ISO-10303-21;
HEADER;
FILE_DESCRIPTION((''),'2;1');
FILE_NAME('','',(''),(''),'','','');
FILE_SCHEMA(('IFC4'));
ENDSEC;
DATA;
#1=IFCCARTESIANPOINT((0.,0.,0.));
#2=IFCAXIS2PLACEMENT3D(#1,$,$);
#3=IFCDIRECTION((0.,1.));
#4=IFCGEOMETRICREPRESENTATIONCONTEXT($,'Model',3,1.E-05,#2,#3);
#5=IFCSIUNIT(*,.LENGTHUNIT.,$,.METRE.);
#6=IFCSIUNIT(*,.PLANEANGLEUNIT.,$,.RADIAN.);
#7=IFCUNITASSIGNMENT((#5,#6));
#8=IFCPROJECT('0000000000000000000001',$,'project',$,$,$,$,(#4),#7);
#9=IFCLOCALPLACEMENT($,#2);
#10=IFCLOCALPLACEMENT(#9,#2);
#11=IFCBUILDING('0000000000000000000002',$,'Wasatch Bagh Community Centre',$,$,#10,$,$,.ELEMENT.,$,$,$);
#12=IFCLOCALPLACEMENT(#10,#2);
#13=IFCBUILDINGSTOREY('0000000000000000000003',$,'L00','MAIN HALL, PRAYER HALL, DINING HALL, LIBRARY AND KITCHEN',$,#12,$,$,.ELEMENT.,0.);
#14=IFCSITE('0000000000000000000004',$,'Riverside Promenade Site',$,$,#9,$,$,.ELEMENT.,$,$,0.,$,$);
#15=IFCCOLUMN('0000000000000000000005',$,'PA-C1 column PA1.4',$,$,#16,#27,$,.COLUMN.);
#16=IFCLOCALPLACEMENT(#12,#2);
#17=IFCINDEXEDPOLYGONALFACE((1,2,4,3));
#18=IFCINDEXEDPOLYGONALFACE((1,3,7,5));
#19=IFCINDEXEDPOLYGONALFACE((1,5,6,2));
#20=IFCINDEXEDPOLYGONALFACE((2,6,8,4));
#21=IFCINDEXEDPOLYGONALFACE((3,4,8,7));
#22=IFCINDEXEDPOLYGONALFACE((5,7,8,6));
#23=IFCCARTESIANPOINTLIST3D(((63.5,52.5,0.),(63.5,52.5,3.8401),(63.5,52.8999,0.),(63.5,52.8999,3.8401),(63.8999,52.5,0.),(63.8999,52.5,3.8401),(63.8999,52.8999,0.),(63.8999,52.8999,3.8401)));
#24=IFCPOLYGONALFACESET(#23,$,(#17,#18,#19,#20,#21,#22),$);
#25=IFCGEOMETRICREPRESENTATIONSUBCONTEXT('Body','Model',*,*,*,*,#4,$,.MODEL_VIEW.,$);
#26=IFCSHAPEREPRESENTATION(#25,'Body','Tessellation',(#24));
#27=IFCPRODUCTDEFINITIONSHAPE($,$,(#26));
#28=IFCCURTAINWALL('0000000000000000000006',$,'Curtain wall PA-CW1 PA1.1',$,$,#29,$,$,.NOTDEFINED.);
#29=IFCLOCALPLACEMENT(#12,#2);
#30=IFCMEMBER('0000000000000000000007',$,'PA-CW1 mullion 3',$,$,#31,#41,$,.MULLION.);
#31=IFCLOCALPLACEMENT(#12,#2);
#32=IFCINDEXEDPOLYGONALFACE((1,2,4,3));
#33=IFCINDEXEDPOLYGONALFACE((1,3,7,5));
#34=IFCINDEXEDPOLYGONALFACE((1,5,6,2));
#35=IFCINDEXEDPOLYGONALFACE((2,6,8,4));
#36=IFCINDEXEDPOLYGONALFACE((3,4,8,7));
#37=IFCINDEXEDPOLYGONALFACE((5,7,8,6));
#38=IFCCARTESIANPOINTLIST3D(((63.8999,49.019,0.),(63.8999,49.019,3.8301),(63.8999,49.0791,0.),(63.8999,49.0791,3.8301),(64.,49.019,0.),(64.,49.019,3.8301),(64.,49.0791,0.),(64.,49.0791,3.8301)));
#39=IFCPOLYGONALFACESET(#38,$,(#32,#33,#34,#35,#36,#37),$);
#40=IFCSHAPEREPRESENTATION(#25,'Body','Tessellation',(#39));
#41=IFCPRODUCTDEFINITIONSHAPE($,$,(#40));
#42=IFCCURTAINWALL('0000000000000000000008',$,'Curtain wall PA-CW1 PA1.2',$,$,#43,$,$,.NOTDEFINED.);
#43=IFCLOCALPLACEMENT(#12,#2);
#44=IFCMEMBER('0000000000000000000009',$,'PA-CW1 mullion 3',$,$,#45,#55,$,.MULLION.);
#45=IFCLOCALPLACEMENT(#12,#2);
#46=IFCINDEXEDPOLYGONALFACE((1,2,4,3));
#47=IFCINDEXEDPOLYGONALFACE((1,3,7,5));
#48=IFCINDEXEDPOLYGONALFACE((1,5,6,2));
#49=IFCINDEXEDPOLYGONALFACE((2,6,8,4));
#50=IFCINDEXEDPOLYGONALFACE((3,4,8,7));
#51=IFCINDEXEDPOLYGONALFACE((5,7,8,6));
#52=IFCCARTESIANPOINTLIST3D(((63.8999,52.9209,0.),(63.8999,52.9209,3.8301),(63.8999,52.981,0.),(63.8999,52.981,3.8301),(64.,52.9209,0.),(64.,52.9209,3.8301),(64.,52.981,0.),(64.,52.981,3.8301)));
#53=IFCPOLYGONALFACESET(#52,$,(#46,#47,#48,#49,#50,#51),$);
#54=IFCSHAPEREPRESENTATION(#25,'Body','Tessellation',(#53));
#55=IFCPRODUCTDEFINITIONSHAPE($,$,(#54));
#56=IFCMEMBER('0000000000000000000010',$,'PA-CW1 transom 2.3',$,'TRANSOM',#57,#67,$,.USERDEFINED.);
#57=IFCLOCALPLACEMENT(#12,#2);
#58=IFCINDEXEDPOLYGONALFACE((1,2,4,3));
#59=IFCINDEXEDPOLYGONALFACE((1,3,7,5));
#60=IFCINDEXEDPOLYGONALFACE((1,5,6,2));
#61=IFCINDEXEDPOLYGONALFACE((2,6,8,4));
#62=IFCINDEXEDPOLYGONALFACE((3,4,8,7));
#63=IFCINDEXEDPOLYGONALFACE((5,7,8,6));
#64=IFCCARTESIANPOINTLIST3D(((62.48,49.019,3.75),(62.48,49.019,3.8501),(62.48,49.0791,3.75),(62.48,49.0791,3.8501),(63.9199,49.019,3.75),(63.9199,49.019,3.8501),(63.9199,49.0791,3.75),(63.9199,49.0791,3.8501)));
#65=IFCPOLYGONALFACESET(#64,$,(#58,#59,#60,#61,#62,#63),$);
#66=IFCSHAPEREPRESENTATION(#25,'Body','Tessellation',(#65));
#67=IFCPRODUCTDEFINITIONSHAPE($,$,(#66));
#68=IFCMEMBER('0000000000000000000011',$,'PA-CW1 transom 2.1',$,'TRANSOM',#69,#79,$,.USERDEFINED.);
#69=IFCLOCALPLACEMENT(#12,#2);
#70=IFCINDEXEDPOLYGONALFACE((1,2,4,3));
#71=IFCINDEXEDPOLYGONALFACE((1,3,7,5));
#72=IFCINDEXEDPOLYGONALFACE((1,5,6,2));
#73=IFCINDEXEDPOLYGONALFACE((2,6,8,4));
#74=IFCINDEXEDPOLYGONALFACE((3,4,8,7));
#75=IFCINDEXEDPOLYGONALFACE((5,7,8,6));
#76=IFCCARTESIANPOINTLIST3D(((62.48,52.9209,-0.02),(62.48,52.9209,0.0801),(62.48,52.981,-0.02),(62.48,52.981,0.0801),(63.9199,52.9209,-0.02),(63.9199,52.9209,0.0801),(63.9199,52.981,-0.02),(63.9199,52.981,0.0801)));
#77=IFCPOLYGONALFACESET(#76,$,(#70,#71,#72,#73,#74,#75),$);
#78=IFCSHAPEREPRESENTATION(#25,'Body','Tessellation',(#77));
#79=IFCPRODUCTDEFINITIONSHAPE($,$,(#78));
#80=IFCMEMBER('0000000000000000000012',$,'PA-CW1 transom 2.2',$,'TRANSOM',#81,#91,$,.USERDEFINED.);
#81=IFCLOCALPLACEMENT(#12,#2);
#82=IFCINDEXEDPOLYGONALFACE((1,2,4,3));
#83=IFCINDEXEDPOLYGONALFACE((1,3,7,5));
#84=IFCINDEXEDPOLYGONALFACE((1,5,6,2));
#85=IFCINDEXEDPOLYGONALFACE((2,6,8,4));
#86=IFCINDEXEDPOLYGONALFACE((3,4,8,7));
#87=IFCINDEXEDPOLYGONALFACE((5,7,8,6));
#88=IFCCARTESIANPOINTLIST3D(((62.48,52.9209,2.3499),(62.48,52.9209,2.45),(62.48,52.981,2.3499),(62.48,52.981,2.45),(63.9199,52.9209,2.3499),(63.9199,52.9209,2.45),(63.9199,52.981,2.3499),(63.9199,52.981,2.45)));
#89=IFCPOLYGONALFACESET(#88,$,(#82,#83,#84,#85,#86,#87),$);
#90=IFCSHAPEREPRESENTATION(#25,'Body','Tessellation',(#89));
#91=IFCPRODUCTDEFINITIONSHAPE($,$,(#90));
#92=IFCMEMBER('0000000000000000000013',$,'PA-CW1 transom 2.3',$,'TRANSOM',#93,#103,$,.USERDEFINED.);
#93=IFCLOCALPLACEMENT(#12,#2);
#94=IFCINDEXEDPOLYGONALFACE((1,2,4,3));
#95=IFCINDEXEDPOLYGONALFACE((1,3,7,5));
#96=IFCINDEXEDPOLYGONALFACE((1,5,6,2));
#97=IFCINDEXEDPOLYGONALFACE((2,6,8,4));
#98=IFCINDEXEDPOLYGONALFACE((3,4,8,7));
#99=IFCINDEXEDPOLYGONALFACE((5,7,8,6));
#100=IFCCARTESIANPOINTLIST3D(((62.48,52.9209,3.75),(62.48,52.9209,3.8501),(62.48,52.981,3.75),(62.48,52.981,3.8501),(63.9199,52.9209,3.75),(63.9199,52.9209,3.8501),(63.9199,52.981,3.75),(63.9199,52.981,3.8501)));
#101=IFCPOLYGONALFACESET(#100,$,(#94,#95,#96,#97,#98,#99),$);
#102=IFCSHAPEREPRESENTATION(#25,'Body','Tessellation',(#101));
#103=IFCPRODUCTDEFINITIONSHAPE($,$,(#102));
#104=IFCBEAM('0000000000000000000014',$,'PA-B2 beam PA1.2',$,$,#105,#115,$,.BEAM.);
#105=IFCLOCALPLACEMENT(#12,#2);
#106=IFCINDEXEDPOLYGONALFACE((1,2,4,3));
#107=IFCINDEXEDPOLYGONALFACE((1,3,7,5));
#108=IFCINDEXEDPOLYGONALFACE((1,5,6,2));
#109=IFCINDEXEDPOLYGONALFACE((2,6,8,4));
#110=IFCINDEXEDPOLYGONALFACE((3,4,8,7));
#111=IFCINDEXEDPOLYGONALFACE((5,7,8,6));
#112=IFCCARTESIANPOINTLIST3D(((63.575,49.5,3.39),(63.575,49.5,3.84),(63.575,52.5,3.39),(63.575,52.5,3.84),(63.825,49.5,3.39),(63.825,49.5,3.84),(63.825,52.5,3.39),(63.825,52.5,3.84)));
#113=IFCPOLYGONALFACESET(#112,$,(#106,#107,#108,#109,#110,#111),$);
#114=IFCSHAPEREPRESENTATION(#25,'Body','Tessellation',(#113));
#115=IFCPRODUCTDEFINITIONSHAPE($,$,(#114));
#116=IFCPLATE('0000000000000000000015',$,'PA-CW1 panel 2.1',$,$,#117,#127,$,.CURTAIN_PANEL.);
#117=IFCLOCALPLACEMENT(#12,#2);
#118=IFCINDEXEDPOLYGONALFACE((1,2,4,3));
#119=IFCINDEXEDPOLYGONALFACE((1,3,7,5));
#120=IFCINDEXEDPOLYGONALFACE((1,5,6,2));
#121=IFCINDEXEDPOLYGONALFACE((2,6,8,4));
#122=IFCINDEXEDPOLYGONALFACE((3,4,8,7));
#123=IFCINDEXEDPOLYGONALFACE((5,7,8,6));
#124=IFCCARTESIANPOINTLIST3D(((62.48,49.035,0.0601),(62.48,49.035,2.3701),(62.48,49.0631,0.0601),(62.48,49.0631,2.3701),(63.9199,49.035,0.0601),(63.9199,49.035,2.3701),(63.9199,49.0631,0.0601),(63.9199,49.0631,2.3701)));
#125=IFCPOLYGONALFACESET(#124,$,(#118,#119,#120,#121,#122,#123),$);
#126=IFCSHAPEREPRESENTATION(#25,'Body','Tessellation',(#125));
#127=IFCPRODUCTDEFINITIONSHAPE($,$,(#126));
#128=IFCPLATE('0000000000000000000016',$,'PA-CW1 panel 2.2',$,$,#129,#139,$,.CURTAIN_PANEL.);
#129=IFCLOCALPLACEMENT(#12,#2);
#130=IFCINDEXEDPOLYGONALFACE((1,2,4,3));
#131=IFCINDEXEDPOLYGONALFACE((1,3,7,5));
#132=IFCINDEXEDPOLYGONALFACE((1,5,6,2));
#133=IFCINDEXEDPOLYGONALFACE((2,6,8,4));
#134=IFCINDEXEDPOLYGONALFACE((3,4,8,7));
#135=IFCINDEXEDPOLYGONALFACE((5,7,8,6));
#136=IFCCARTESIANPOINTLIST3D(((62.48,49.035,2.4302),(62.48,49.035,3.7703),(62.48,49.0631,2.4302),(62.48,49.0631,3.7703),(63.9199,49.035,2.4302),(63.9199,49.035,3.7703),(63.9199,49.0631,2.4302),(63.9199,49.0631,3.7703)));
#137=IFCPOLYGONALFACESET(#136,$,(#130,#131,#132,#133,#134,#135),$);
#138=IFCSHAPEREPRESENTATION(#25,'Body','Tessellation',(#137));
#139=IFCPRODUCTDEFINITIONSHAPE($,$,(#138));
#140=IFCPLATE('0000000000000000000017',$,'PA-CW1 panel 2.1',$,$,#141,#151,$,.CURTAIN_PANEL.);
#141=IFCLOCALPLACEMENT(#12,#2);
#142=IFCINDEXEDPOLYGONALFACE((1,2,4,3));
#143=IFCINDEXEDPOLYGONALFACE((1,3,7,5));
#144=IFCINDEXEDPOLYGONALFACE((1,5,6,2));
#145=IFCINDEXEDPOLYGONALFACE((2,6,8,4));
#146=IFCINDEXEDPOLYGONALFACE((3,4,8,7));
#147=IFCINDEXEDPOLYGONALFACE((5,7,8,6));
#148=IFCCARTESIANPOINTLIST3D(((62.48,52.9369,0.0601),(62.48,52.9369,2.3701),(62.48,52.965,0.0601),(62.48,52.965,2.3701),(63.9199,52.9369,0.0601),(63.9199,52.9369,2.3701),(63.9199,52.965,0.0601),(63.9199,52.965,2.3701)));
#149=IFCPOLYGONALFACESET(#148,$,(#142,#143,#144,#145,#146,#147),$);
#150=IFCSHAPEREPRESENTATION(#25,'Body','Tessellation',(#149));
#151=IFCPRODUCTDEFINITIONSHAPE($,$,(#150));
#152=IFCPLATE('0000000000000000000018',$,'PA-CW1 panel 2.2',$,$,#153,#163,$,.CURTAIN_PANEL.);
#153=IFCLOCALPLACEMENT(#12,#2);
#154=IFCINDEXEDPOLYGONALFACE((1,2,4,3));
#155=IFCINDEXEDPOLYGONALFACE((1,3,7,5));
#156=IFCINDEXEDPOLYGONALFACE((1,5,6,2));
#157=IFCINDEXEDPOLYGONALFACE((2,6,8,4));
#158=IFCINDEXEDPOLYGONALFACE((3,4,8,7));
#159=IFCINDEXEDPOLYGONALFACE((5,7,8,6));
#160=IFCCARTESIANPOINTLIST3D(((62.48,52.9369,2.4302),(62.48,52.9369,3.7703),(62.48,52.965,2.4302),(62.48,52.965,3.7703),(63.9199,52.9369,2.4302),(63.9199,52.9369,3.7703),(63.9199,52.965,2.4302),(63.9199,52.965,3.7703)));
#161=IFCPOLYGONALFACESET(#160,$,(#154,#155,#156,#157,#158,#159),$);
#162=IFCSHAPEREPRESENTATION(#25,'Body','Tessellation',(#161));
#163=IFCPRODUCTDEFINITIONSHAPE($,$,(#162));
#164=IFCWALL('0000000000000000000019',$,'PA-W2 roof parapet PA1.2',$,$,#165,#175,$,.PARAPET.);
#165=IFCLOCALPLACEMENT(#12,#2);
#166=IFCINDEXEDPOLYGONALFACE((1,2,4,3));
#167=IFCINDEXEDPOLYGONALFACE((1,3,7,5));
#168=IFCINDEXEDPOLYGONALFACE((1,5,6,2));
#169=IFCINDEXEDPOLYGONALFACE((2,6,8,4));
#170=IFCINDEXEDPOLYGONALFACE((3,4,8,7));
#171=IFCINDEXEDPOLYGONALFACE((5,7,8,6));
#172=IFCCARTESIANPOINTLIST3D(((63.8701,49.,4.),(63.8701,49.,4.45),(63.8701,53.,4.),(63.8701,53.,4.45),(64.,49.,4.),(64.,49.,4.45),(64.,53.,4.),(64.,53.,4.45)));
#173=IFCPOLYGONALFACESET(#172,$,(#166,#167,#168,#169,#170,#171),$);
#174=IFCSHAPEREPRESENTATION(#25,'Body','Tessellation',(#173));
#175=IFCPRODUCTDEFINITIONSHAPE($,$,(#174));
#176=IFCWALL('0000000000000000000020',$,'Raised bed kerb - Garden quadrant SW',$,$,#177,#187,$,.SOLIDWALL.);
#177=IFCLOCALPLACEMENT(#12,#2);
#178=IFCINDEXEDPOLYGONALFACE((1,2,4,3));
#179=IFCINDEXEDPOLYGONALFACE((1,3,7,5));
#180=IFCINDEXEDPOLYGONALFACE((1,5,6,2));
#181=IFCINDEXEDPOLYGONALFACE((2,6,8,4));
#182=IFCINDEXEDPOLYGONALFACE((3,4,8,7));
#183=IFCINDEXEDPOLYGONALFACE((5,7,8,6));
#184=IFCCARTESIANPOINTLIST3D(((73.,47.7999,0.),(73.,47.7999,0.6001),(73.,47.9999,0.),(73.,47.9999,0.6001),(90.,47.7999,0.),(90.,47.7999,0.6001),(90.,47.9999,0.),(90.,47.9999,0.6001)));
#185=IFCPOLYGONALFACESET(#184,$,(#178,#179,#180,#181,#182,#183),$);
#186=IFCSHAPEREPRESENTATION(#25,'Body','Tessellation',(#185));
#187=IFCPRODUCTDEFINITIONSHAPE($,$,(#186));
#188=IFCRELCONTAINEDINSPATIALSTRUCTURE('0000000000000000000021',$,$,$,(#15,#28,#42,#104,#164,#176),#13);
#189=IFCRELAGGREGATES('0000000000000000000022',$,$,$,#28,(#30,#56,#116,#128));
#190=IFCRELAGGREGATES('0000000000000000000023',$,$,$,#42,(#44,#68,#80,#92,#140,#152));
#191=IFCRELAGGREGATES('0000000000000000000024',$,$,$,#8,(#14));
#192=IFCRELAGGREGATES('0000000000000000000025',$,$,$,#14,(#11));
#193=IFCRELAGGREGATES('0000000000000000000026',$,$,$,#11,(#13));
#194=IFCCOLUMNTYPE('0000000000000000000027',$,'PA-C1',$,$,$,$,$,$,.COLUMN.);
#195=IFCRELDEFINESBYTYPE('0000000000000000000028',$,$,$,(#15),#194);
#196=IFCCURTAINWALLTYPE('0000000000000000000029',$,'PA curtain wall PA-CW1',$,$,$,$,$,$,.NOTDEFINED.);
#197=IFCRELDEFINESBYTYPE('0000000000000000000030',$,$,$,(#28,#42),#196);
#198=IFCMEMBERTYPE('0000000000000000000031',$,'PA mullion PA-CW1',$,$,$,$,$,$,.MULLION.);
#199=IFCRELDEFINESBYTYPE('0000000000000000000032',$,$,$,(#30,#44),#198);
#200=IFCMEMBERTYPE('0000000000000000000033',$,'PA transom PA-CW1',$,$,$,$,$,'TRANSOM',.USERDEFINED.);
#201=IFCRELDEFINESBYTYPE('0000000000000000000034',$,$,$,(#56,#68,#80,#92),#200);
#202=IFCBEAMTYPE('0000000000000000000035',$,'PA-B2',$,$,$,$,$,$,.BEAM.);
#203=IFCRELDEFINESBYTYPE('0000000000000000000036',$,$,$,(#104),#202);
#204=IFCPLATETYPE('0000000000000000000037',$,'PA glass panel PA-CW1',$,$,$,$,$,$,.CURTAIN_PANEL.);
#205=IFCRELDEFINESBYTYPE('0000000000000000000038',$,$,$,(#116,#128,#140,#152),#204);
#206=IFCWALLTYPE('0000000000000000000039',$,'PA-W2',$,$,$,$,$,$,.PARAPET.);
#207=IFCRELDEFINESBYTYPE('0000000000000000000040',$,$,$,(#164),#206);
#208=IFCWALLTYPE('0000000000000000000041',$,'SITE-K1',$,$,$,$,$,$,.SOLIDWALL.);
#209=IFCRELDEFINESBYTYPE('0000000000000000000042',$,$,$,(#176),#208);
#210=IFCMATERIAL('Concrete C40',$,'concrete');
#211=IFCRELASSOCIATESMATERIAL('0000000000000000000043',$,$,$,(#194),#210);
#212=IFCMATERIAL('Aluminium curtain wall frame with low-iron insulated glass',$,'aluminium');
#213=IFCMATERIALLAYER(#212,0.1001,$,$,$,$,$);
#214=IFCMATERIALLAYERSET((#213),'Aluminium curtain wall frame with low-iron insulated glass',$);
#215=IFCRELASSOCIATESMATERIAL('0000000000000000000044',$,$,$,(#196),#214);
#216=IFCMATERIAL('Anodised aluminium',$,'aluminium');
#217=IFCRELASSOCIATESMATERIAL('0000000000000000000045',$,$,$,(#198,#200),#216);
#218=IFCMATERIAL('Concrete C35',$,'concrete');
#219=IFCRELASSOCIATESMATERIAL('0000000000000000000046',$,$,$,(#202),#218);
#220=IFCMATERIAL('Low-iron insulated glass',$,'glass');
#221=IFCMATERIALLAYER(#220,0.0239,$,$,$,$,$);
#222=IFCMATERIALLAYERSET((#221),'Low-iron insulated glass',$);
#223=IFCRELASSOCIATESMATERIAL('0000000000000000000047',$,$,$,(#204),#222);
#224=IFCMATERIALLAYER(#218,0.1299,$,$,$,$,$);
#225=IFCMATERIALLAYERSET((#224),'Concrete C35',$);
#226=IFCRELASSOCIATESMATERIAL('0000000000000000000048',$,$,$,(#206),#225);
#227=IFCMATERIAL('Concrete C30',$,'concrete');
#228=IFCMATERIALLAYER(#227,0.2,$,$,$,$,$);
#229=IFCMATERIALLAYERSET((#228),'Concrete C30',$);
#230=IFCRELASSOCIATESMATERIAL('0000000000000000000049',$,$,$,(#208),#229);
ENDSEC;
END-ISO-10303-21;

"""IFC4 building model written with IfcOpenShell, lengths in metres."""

from ifc_helpers import new_model, si_unit, direction, frame, frame_2d, origin, origin_2d, place, context, subcontext, project, spatial, rectangle, extrude, material, layer, layer_set, material_profile, profile_set, type_object, element, aggregate, save


model = new_model("IFC4")

# Units and contexts
model_context = context("Model", 3, precision=1e-05, world=origin(), true_north=direction((0.0, 1.0)))
body_context = subcontext(model_context, "Body", "Model", "MODEL_VIEW")
ifc_project = project(units=[si_unit("LENGTHUNIT", "METRE"), si_unit("PLANEANGLEUNIT", "RADIAN")], contexts=[model_context])

# Site, building, storey
site_placement = place(None, origin())
site = spatial("IfcSite", under=ifc_project, at=site_placement, Name="Riverside Promenade Site", CompositionType="ELEMENT", RefElevation=0.0)
building_placement = place(site_placement, origin())
building = spatial("IfcBuilding", under=site, at=building_placement, Name="Wasatch Bagh Community Centre", CompositionType="ELEMENT")
storey_placement = place(building_placement, origin())
storey = spatial("IfcBuildingStorey", under=building, at=storey_placement, Name="L00", Description="MAIN HALL, PRAYER HALL, DINING HALL, LIBRARY AND KITCHEN", CompositionType="ELEMENT", Elevation=0.0)

# Shared definitions
ifc_material_1 = material(Name="Concrete C30", Category="concrete")

# Column
ifc_material_2 = material(Name="Concrete C40", Category="concrete")
ifc_material_profile_1 = material_profile(ifc_material_2, rectangle(XDim=0.3999, YDim=0.3999, at=origin_2d()), Name="RC 400x400")
ifc_profile_set_1 = profile_set([ifc_material_profile_1], Name="Concrete C40")
column_type = type_object("IfcColumnType", Name="PA-C1", PredefinedType="COLUMN", material=ifc_profile_set_1)
for number, where, z_axis, x_axis, name in (
    (1, (63.7, 52.7, 0.0), (0.0, 0.0, 1.0), (1.0, 0.0, 0.0), "PA-C1 column PA1.4"),
):
    element("IfcColumn", number, at=place(storey_placement, frame(where, z_axis=z_axis, x_axis=x_axis)), inside=storey, type_object=column_type, Name=name, PredefinedType="COLUMN", context=body_context, shape_type="SweptSolid", body=[
        extrude(rectangle(XDim=0.3999, YDim=0.3999, at=origin_2d()), origin(), (0.0, 0.0, 1.0), 3.8401),
    ])

# Curtain walls, members
ifc_material_3 = material(Name="Aluminium curtain wall frame with low-iron insulated glass", Category="aluminium")
ifc_layer_1 = layer(ifc_material_3, 0.1001)
ifc_layer_set_1 = layer_set([ifc_layer_1], Name="Aluminium curtain wall frame with low-iron insulated glass")
curtain_wall_type = type_object("IfcCurtainWallType", Name="PA curtain wall PA-CW1", PredefinedType="NOTDEFINED", material=ifc_layer_set_1)
curtain_wall_1_placement = place(storey_placement, origin())
curtain_wall_1 = element("IfcCurtainWall", 2, at=curtain_wall_1_placement, inside=storey, type_object=curtain_wall_type, Name="Curtain wall PA-CW1 PA1.1", PredefinedType="NOTDEFINED")
ifc_material_4 = material(Name="Anodised aluminium", Category="aluminium")
ifc_material_profile_2 = material_profile(ifc_material_4, rectangle(XDim=0.0601, YDim=0.1001, at=origin_2d()), Name="PA mullion PA-CW1")
ifc_profile_set_2 = profile_set([ifc_material_profile_2], Name="Anodised aluminium")
member_type_1 = type_object("IfcMemberType", Name="PA mullion PA-CW1", PredefinedType="MULLION", material=ifc_profile_set_2)
member_1_placement = place(storey_placement, frame((63.95, 49.0491, 0.0), z_axis=(0.0, 0.0, 1.0), x_axis=(0.0, 1.0, 0.0)))
member_1 = element("IfcMember", 3, at=member_1_placement, type_object=member_type_1, Name="PA-CW1 mullion 3", PredefinedType="MULLION", context=body_context, shape_type="SweptSolid", body=[
    extrude(rectangle(XDim=0.0601, YDim=0.1001, at=origin_2d()), origin(), (0.0, 0.0, 1.0), 3.8301),
])
curtain_wall_2_placement = place(storey_placement, origin())
curtain_wall_2 = element("IfcCurtainWall", 4, at=curtain_wall_2_placement, inside=storey, type_object=curtain_wall_type, Name="Curtain wall PA-CW1 PA1.2", PredefinedType="NOTDEFINED")
member_2_placement = place(storey_placement, frame((63.95, 52.9509, 0.0), z_axis=(0.0, 0.0, 1.0), x_axis=(0.0, 1.0, 0.0)))
member_2 = element("IfcMember", 5, at=member_2_placement, type_object=member_type_1, Name="PA-CW1 mullion 3", PredefinedType="MULLION", context=body_context, shape_type="SweptSolid", body=[
    extrude(rectangle(XDim=0.0601, YDim=0.1001, at=origin_2d()), origin(), (0.0, 0.0, 1.0), 3.8301),
])

# Members
ifc_material_profile_3 = material_profile(ifc_material_4, rectangle(XDim=0.0601, YDim=0.1001, at=origin_2d()), Name="PA transom PA-CW1")
ifc_profile_set_3 = profile_set([ifc_material_profile_3], Name="Anodised aluminium")
member_type_2 = type_object("IfcMemberType", Name="PA transom PA-CW1", ElementType="TRANSOM", PredefinedType="USERDEFINED", material=ifc_profile_set_3)
member_3_placement = place(storey_placement, frame((62.48, 49.0491, 3.8), z_axis=(1.0, 0.0, 0.0), x_axis=(0.0, 1.0, 0.0)))
member_3 = element("IfcMember", 6, at=member_3_placement, type_object=member_type_2, Name="PA-CW1 transom 2.3", ObjectType="TRANSOM", PredefinedType="USERDEFINED", context=body_context, shape_type="SweptSolid", body=[
    extrude(rectangle(XDim=0.0601, YDim=0.1001, at=origin_2d()), origin(), (0.0, 0.0, 1.0), 1.4399),
])
member_4_placement = place(storey_placement, frame((62.48, 52.9509, 0.03), z_axis=(1.0, 0.0, 0.0), x_axis=(0.0, 1.0, 0.0)))
member_4 = element("IfcMember", 7, at=member_4_placement, type_object=member_type_2, Name="PA-CW1 transom 2.1", ObjectType="TRANSOM", PredefinedType="USERDEFINED", context=body_context, shape_type="SweptSolid", body=[
    extrude(rectangle(XDim=0.0601, YDim=0.1001, at=origin_2d()), origin(), (0.0, 0.0, 1.0), 1.4399),
])
member_5_placement = place(storey_placement, frame((62.48, 52.9509, 2.3999), z_axis=(1.0, 0.0, 0.0), x_axis=(0.0, 1.0, 0.0)))
member_5 = element("IfcMember", 8, at=member_5_placement, type_object=member_type_2, Name="PA-CW1 transom 2.2", ObjectType="TRANSOM", PredefinedType="USERDEFINED", context=body_context, shape_type="SweptSolid", body=[
    extrude(rectangle(XDim=0.0601, YDim=0.1001, at=origin_2d()), origin(), (0.0, 0.0, 1.0), 1.4399),
])
member_6_placement = place(storey_placement, frame((62.48, 52.9509, 3.8), z_axis=(1.0, 0.0, 0.0), x_axis=(0.0, 1.0, 0.0)))
member_6 = element("IfcMember", 9, at=member_6_placement, type_object=member_type_2, Name="PA-CW1 transom 2.3", ObjectType="TRANSOM", PredefinedType="USERDEFINED", context=body_context, shape_type="SweptSolid", body=[
    extrude(rectangle(XDim=0.0601, YDim=0.1001, at=origin_2d()), origin(), (0.0, 0.0, 1.0), 1.4399),
])

# Beam
ifc_material_5 = material(Name="Concrete C35", Category="concrete")
ifc_material_profile_4 = material_profile(ifc_material_5, rectangle(XDim=0.25, YDim=0.45, at=origin_2d()), Name="RC 250x450")
ifc_profile_set_4 = profile_set([ifc_material_profile_4], Name="Concrete C35")
beam_type = type_object("IfcBeamType", Name="PA-B2", PredefinedType="BEAM", material=ifc_profile_set_4)
beam_placement = place(storey_placement, frame((63.7, 49.5, 3.615), z_axis=(0.0, 1.0, 0.0), x_axis=(-1.0, 0.0, 0.0)))
element("IfcBeam", 10, at=beam_placement, inside=storey, type_object=beam_type, Name="PA-B2 beam PA1.2", PredefinedType="BEAM", context=body_context, shape_type="SweptSolid", body=[
    extrude(rectangle(XDim=0.25, YDim=0.45, at=origin_2d()), origin(), (0.0, 0.0, 1.0), 3.0),
])

# Plates
ifc_material_6 = material(Name="Low-iron insulated glass", Category="glass")
ifc_layer_2 = layer(ifc_material_6, 0.0239)
ifc_layer_set_2 = layer_set([ifc_layer_2], Name="Low-iron insulated glass")
plate_type = type_object("IfcPlateType", Name="PA glass panel PA-CW1", PredefinedType="CURTAIN_PANEL", material=ifc_layer_set_2)
plate_1_placement = place(storey_placement, frame((63.2, 49.0491, 0.0601), z_axis=(0.0, 0.0, 1.0), x_axis=(1.0, 0.0, 0.0)))
plate_1 = element("IfcPlate", 11, at=plate_1_placement, type_object=plate_type, Name="PA-CW1 panel 2.1", PredefinedType="CURTAIN_PANEL", context=body_context, shape_type="SweptSolid", body=[
    extrude(rectangle(XDim=1.4399, YDim=0.0281, at=origin_2d()), origin(), (0.0, 0.0, 1.0), 2.3101),
])
plate_2_placement = place(storey_placement, frame((63.2, 49.0491, 2.4302), z_axis=(0.0, 0.0, 1.0), x_axis=(1.0, 0.0, 0.0)))
plate_2 = element("IfcPlate", 12, at=plate_2_placement, type_object=plate_type, Name="PA-CW1 panel 2.2", PredefinedType="CURTAIN_PANEL", context=body_context, shape_type="SweptSolid", body=[
    extrude(rectangle(XDim=1.4399, YDim=0.0281, at=origin_2d()), origin(), (0.0, 0.0, 1.0), 1.3401),
])
aggregate(curtain_wall_1, [member_1, member_3, plate_1, plate_2])
plate_3_placement = place(storey_placement, frame((63.2, 52.9509, 0.0601), z_axis=(0.0, 0.0, 1.0), x_axis=(1.0, 0.0, 0.0)))
plate_3 = element("IfcPlate", 13, at=plate_3_placement, type_object=plate_type, Name="PA-CW1 panel 2.1", PredefinedType="CURTAIN_PANEL", context=body_context, shape_type="SweptSolid", body=[
    extrude(rectangle(XDim=1.4399, YDim=0.0281, at=origin_2d()), origin(), (0.0, 0.0, 1.0), 2.3101),
])
plate_4_placement = place(storey_placement, frame((63.2, 52.9509, 2.4302), z_axis=(0.0, 0.0, 1.0), x_axis=(1.0, 0.0, 0.0)))
plate_4 = element("IfcPlate", 14, at=plate_4_placement, type_object=plate_type, Name="PA-CW1 panel 2.2", PredefinedType="CURTAIN_PANEL", context=body_context, shape_type="SweptSolid", body=[
    extrude(rectangle(XDim=1.4399, YDim=0.0281, at=origin_2d()), origin(), (0.0, 0.0, 1.0), 1.3401),
])
aggregate(curtain_wall_2, [member_2, member_4, member_5, member_6, plate_3, plate_4])

# Walls
ifc_layer_3 = layer(ifc_material_5, 0.1299)
ifc_layer_set_3 = layer_set([ifc_layer_3], Name="Concrete C35")
wall_type_1 = type_object("IfcWallType", Name="PA-W2", PredefinedType="PARAPET", material=ifc_layer_set_3)
wall_1_placement = place(storey_placement, frame((63.9351, 49.0, 4.0), z_axis=(0.0, 0.0, 1.0), x_axis=(0.0, 1.0, 0.0)))
element("IfcWall", 15, at=wall_1_placement, inside=storey, type_object=wall_type_1, Name="PA-W2 roof parapet PA1.2", PredefinedType="PARAPET", context=body_context, shape_type="SweptSolid", body=[
    extrude(rectangle(XDim=4.0, YDim=0.1299, at=frame_2d((2.0, 0.0))), origin(), (0.0, 0.0, 1.0), 0.45),
])
ifc_layer_4 = layer(ifc_material_1, 0.2)
ifc_layer_set_4 = layer_set([ifc_layer_4], Name="Concrete C30")
wall_type_2 = type_object("IfcWallType", Name="SITE-K1", PredefinedType="SOLIDWALL", material=ifc_layer_set_4)
wall_2_placement = place(storey_placement, frame((73.0, 47.8999, 0.0), z_axis=(0.0, 0.0, 1.0), x_axis=(1.0, 0.0, 0.0)))
element("IfcWall", 16, at=wall_2_placement, inside=storey, type_object=wall_type_2, Name="Raised bed kerb - Garden quadrant SW", PredefinedType="SOLIDWALL", context=body_context, shape_type="SweptSolid", body=[
    extrude(rectangle(XDim=17.0, YDim=0.2, at=frame_2d((8.5, 0.0))), origin(), (0.0, 0.0, 1.0), 0.6001),
])

save(model, "model.ifc")
